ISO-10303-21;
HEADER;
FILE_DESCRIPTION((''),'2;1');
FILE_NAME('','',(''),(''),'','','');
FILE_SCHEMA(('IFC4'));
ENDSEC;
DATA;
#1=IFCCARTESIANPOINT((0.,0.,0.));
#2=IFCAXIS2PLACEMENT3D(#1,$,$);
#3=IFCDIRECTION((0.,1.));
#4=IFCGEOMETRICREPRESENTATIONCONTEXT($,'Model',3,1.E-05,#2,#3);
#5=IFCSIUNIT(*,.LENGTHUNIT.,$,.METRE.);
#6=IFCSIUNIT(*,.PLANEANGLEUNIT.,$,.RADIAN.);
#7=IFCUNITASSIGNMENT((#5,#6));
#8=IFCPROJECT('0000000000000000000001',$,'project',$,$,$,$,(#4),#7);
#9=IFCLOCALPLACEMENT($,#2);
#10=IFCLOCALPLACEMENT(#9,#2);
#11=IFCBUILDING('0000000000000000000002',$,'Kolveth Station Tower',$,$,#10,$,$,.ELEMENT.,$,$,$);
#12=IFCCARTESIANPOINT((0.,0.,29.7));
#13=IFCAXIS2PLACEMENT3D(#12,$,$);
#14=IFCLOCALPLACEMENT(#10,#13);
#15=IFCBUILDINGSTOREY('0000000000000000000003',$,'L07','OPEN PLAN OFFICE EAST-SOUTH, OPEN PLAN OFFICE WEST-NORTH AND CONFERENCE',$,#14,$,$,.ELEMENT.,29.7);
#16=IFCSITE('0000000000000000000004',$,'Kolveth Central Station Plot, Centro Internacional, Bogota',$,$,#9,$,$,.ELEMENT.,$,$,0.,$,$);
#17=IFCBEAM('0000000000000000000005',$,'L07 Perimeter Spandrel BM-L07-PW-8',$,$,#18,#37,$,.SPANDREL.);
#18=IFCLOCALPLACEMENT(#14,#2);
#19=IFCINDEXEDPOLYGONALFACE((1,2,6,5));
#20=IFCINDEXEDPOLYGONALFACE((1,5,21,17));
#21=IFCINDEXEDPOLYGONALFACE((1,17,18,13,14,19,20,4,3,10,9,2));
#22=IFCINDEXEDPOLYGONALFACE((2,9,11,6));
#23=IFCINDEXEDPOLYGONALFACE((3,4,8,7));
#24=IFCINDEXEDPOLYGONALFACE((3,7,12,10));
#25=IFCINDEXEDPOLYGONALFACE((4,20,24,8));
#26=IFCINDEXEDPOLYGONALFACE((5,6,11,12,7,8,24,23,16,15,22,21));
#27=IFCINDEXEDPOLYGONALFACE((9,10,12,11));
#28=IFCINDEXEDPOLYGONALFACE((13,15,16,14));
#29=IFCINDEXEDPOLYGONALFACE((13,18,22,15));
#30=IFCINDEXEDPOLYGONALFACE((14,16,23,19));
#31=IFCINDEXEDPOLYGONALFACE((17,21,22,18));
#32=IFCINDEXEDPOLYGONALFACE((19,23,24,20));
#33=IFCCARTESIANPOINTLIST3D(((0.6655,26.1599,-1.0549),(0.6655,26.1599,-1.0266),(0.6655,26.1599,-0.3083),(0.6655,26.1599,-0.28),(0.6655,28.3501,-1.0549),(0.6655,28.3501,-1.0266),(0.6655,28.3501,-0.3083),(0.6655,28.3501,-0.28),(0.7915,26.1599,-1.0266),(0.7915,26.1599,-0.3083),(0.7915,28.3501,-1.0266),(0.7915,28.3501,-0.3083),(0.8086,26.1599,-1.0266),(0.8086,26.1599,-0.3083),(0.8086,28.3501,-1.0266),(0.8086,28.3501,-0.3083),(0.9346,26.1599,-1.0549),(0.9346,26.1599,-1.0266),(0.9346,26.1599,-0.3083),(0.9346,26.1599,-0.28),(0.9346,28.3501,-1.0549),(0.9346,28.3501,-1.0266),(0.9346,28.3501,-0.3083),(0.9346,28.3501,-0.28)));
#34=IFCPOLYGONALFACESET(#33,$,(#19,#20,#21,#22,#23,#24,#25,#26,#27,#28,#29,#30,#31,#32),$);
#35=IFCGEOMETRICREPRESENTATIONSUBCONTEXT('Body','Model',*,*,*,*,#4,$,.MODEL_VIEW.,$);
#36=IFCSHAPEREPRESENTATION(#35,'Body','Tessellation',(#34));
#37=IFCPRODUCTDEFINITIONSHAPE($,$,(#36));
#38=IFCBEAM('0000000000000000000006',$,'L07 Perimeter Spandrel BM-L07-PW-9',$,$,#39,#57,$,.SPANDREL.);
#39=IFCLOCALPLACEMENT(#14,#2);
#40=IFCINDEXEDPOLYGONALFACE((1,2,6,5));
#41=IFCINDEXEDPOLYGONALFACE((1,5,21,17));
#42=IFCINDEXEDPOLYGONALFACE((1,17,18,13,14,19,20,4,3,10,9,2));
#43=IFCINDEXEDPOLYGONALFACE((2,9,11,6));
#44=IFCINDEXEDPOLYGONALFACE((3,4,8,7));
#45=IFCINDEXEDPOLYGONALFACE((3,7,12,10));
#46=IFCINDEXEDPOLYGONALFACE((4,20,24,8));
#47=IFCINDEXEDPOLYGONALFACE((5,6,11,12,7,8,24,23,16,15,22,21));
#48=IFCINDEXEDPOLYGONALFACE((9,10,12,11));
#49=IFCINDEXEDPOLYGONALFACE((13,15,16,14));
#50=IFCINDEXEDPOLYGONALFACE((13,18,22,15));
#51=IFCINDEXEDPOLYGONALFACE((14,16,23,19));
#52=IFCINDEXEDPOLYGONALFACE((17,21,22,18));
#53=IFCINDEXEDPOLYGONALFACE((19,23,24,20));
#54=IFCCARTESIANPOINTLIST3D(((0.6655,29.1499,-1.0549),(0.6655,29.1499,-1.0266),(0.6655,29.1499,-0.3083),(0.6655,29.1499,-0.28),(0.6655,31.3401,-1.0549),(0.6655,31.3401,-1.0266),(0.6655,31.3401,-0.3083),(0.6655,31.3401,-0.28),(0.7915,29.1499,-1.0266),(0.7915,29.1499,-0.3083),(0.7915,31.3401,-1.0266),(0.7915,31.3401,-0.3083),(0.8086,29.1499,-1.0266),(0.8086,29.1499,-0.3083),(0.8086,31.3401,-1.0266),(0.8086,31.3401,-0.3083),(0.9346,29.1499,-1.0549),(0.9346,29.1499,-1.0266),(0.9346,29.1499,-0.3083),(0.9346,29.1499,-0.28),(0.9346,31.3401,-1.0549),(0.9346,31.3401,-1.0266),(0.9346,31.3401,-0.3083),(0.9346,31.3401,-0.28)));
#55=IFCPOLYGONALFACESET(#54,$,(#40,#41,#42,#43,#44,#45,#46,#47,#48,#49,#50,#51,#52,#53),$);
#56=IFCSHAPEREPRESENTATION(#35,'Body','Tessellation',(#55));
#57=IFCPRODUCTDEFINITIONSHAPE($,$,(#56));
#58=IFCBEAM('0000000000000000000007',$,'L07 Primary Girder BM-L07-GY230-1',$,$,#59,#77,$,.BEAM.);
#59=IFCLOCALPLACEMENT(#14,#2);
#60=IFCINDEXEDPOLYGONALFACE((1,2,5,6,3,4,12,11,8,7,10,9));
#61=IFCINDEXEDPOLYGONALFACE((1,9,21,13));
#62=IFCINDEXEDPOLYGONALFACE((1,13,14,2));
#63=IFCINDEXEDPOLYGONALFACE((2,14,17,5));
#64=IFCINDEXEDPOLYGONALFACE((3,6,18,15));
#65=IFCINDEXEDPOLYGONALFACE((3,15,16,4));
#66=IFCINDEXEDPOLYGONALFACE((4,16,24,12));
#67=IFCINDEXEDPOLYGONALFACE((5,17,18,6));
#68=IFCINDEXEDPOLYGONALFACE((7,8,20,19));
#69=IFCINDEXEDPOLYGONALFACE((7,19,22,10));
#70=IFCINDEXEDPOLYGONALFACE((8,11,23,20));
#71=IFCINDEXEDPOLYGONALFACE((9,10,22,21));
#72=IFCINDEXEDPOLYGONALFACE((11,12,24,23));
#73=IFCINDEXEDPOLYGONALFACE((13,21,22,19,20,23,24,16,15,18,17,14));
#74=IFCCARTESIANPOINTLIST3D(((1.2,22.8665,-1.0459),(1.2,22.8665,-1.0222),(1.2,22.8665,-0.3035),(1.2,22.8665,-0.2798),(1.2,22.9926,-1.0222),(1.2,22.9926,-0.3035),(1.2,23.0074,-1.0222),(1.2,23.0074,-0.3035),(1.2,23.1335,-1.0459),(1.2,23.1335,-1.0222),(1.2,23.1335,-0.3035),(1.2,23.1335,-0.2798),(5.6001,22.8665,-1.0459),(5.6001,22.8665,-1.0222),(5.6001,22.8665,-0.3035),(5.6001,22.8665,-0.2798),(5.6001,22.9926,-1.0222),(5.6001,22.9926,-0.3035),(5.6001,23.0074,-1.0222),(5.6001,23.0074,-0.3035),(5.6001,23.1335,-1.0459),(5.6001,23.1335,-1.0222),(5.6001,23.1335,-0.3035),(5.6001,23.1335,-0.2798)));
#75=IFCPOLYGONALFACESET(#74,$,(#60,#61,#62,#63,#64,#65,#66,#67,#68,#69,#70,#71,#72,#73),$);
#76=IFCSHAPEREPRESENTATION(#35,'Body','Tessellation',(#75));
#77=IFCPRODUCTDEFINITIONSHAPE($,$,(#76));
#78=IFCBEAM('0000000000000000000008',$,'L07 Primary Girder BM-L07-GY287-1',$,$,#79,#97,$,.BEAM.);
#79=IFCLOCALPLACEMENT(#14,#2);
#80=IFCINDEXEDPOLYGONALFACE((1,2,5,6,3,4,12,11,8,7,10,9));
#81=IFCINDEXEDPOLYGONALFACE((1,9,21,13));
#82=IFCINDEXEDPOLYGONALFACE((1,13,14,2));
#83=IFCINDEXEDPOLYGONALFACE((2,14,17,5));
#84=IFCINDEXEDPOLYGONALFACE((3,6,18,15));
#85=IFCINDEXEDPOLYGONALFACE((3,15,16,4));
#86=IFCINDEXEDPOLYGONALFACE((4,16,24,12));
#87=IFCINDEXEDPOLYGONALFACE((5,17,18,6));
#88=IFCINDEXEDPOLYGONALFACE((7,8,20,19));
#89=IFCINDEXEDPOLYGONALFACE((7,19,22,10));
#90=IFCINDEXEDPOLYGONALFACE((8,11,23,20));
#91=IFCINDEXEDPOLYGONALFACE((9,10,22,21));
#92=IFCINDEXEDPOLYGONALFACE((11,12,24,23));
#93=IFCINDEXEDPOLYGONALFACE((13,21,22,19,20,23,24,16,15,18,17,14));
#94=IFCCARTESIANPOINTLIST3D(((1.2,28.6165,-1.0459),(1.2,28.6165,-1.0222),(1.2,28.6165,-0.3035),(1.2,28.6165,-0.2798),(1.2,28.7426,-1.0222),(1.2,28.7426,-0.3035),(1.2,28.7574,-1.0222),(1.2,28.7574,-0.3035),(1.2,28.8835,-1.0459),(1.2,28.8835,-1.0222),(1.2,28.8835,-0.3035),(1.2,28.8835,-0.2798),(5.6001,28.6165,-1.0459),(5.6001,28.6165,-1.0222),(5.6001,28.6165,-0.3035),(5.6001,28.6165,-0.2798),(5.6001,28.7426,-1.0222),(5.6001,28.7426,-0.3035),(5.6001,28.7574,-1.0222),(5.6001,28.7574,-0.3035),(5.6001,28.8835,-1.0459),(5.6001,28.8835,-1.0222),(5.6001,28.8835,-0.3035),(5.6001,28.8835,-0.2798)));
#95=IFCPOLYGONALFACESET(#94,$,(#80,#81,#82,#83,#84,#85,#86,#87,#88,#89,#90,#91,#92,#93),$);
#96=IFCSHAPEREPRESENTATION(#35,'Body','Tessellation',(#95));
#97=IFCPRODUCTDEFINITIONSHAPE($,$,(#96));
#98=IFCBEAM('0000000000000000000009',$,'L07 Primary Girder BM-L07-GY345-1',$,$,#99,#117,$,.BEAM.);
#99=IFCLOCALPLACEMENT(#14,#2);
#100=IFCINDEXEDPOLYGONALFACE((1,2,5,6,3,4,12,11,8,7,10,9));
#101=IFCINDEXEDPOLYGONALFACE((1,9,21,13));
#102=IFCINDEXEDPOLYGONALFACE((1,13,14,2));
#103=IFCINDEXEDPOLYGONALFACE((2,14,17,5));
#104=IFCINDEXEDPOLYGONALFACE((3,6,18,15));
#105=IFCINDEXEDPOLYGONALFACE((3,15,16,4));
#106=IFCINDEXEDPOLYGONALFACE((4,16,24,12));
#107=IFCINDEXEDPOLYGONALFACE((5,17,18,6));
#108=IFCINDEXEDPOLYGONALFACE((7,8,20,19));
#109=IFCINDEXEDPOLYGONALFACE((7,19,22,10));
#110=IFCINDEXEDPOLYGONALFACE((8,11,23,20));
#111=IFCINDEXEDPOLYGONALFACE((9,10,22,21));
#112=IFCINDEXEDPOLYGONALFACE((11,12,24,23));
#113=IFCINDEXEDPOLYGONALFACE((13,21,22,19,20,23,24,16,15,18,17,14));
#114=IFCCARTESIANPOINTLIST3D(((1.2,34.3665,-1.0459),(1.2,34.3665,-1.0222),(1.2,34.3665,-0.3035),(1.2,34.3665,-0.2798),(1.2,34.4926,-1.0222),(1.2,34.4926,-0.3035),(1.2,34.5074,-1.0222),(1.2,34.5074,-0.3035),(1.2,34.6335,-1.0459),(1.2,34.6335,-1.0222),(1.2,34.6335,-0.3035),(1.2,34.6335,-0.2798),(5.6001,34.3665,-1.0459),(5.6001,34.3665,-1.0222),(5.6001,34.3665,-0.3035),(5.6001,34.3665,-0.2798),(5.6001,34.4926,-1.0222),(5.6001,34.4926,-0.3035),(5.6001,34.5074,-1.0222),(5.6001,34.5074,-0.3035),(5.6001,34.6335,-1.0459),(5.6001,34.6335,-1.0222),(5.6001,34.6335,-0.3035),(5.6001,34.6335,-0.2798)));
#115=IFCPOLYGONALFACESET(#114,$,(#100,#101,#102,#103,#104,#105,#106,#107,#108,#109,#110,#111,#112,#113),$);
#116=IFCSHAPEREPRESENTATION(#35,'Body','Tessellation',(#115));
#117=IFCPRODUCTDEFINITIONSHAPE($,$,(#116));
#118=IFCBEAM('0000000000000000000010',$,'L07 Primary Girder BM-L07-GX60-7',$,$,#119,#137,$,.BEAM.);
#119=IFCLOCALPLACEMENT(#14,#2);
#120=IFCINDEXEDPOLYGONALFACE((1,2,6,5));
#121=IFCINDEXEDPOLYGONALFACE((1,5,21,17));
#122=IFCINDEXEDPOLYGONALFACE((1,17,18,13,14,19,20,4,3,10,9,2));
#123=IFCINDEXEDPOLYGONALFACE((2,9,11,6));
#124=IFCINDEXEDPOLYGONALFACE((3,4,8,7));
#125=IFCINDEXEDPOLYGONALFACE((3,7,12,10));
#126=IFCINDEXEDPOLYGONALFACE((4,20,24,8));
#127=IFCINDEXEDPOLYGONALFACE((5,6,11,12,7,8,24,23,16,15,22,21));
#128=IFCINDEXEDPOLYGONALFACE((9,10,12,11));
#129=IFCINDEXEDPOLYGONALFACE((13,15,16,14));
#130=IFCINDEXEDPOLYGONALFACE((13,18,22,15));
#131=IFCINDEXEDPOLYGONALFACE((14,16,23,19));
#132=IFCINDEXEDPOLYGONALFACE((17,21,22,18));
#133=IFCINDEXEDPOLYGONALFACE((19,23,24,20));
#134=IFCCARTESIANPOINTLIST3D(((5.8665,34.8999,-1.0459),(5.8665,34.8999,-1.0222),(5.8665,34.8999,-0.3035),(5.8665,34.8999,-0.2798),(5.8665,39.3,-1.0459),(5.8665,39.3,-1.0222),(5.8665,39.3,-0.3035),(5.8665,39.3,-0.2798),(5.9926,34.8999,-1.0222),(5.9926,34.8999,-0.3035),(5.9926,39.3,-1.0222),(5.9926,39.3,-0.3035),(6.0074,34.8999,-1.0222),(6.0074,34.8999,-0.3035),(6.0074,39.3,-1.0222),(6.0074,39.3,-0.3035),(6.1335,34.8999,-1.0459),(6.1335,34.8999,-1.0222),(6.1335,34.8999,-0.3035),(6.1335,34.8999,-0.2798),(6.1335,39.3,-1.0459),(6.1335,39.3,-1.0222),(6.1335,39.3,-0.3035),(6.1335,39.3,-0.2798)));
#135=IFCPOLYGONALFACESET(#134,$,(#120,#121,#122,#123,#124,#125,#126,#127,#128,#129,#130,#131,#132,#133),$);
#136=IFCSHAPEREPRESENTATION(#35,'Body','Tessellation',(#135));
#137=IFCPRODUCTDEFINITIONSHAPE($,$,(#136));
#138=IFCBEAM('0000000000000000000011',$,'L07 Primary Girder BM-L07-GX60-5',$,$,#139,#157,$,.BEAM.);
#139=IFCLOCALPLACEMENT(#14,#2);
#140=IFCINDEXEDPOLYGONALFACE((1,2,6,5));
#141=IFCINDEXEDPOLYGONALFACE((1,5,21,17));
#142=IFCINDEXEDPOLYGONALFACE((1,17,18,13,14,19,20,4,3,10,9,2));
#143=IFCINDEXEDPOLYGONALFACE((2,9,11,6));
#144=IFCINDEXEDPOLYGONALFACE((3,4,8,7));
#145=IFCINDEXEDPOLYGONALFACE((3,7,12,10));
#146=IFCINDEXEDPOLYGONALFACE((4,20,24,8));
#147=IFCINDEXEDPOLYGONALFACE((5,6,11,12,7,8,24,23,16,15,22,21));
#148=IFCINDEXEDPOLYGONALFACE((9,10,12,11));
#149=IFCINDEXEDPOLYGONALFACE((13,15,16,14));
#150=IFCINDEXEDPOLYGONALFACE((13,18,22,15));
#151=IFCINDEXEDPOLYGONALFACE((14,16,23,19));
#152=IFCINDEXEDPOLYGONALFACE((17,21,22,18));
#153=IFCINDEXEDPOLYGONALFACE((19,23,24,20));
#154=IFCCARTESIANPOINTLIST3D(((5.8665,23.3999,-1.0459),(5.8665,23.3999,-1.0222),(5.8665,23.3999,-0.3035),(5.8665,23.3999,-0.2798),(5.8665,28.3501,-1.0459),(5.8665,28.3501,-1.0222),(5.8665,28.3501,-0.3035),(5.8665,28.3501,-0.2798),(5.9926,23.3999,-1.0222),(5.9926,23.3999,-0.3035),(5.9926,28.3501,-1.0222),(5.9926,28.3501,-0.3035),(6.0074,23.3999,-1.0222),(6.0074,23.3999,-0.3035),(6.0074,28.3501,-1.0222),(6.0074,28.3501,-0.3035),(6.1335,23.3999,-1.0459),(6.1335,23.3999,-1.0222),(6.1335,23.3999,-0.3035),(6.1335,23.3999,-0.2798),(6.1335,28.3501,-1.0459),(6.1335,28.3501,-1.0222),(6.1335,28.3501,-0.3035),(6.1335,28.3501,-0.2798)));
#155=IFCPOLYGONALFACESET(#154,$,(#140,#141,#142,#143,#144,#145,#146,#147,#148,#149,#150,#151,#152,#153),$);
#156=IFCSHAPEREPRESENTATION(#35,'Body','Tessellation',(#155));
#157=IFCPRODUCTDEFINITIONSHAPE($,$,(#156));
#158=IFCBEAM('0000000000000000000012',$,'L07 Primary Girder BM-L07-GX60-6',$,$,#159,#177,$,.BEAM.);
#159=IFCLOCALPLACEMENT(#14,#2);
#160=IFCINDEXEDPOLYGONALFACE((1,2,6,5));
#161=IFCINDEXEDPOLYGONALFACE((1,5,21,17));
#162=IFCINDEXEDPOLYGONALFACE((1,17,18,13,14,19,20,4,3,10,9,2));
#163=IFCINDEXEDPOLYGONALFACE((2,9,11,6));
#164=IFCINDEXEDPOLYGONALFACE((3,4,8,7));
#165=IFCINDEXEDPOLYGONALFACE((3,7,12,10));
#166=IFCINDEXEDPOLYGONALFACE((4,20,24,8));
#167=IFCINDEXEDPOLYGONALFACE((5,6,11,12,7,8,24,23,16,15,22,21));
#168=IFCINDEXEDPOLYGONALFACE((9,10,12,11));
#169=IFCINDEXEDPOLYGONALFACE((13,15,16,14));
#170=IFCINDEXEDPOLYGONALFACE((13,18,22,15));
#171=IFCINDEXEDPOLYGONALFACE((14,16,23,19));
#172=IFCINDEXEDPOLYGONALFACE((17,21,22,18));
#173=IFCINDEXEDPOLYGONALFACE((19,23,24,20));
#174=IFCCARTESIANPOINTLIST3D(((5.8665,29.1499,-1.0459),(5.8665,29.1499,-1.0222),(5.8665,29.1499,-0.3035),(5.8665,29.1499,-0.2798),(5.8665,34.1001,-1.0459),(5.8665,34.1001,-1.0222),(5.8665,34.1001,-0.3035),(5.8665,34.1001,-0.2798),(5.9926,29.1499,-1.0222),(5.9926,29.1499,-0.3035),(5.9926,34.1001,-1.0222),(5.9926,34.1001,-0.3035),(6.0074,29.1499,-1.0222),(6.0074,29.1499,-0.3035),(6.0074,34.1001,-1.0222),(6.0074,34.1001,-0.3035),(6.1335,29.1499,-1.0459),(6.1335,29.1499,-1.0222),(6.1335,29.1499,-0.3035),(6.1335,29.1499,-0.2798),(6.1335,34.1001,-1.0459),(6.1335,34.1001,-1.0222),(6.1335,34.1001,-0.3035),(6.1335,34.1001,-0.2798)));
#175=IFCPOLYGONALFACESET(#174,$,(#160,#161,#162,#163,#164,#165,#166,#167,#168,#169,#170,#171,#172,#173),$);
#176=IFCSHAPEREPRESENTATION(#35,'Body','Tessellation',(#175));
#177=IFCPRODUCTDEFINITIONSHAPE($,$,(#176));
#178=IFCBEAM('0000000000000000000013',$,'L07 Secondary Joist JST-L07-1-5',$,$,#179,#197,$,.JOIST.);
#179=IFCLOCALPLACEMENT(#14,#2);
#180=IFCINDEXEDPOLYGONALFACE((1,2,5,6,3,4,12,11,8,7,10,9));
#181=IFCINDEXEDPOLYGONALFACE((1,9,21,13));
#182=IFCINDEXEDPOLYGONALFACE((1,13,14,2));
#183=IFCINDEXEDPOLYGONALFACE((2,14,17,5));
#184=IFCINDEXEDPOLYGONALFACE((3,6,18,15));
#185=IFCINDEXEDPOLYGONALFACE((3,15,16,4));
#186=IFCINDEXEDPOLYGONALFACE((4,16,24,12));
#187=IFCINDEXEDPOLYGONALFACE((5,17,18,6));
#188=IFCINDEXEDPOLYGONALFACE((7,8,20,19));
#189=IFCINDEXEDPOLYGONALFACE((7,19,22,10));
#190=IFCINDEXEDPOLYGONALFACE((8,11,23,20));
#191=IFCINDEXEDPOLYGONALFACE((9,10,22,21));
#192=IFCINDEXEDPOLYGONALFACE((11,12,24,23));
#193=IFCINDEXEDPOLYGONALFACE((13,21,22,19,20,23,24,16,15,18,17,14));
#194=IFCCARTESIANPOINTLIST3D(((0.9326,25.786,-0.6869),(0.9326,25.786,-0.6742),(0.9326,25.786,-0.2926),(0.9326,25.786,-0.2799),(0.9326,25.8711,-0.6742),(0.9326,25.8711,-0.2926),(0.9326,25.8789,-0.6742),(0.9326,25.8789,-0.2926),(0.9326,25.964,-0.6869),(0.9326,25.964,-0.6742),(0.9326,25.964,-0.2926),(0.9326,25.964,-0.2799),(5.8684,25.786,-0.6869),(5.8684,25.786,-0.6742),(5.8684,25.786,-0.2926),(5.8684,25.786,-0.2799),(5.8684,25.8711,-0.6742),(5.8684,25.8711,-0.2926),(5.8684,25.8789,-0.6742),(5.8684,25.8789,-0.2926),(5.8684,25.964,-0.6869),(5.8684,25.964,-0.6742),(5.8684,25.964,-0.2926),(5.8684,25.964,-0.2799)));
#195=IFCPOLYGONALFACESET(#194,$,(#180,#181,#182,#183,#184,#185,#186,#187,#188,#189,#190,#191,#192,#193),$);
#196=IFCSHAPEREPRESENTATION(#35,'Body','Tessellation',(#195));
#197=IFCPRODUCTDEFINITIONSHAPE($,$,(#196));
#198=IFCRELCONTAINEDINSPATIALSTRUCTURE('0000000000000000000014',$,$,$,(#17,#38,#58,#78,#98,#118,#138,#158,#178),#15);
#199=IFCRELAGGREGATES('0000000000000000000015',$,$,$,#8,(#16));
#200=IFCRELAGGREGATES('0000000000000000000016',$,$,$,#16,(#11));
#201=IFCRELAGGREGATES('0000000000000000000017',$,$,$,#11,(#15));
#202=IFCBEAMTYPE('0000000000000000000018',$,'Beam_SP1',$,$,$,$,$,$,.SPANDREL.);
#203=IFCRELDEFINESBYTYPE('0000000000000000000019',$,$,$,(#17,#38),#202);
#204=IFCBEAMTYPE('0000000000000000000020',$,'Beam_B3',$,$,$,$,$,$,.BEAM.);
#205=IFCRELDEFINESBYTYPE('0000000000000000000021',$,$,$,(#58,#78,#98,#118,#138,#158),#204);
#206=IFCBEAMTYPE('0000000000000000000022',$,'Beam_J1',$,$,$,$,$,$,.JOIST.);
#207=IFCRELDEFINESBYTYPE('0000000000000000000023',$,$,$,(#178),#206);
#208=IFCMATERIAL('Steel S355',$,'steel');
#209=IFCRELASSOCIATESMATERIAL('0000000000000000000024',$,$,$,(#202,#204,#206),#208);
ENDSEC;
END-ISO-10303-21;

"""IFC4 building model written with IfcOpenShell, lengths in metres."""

from ifc_helpers import new_model, si_unit, direction, frame, origin, origin_2d, place, context, subcontext, project, spatial, i_section, extrude, source, transform, mapped, material, material_profile, profile_set, type_object, element, save


model = new_model("IFC4")

# Units and contexts
model_context = context("Model", 3, precision=1e-05, world=origin(), true_north=direction((0.0, 1.0)))
body_context = subcontext(model_context, "Body", "Model", "MODEL_VIEW")
ifc_project = project(units=[si_unit("LENGTHUNIT", "METRE"), si_unit("PLANEANGLEUNIT", "RADIAN")], contexts=[model_context])

# Site, building, storey
site_placement = place(None, origin())
site = spatial("IfcSite", under=ifc_project, at=site_placement, Name="Kolveth Central Station Plot, Centro Internacional, Bogota", CompositionType="ELEMENT", RefElevation=0.0)
building_placement = place(site_placement, origin())
building = spatial("IfcBuilding", under=site, at=building_placement, Name="Kolveth Station Tower", CompositionType="ELEMENT")
storey_placement = place(building_placement, frame((0.0, 0.0, 29.7)))
storey = spatial("IfcBuildingStorey", under=building, at=storey_placement, Name="L07", Description="OPEN PLAN OFFICE EAST-SOUTH, OPEN PLAN OFFICE WEST-NORTH AND CONFERENCE", CompositionType="ELEMENT", Elevation=29.7)

# Shared definitions
ifc_material_1 = material(Name="Steel S355", Category="steel")

# Beams
ifc_material_profile_1 = material_profile(ifc_material_1, i_section(OverallWidth=0.269, OverallDepth=0.7749, WebThickness=0.0171, FlangeThickness=0.0283, at=origin_2d()), Name="W760x220")
ifc_profile_set_1 = profile_set([ifc_material_profile_1], Name="Steel S355")
beam_type_1 = type_object("IfcBeamType", Name="Beam_SP1", PredefinedType="SPANDREL", material=ifc_profile_set_1)
shared_shape_1 = source(origin(), body_context, "Body", "SweptSolid", [
    extrude(i_section(OverallWidth=0.269, OverallDepth=0.7749, WebThickness=0.0171, FlangeThickness=0.0283, at=origin_2d()), origin(), (0.0, 0.0, 1.0), 2.1902),
])
for number, where, z_axis, x_axis, name in (
    (1, (0.8, 26.1599, -0.6675), (0.0, 1.0, 0.0), (-1.0, 0.0, 0.0), "L07 Perimeter Spandrel BM-L07-PW-8"),
    (2, (0.8, 29.1499, -0.6675), (0.0, 1.0, 0.0), (-1.0, 0.0, 0.0), "L07 Perimeter Spandrel BM-L07-PW-9"),
):
    element("IfcBeam", number, at=place(storey_placement, frame(where, z_axis=z_axis, x_axis=x_axis)), inside=storey, type_object=beam_type_1, Name=name, PredefinedType="SPANDREL", context=body_context, shape_type="MappedRepresentation", body=[
        mapped(shared_shape_1, transform((0.0, 0.0, 0.0), x_axis=(1.0, 0.0, 0.0), y_axis=(0.0, 1.0, 0.0), z_axis=(0.0, 0.0, 1.0), scale=1.0)),
    ])
ifc_material_profile_2 = material_profile(ifc_material_1, i_section(OverallWidth=0.2671, OverallDepth=0.7661, WebThickness=0.0149, FlangeThickness=0.0237, at=origin_2d()), Name="W760x185")
ifc_profile_set_2 = profile_set([ifc_material_profile_2], Name="Steel S355")
beam_type_2 = type_object("IfcBeamType", Name="Beam_B3", PredefinedType="BEAM", material=ifc_profile_set_2)
shared_shape_2 = source(origin(), body_context, "Body", "SweptSolid", [
    extrude(i_section(OverallWidth=0.2671, OverallDepth=0.7661, WebThickness=0.0149, FlangeThickness=0.0237, at=origin_2d()), origin(), (0.0, 0.0, 1.0), 4.4001),
])
for number, where, z_axis, x_axis, name in (
    (3, (1.2, 23.0, -0.6628), (1.0, 0.0, 0.0), (0.0, 1.0, 0.0), "L07 Primary Girder BM-L07-GY230-1"),
    (4, (1.2, 28.75, -0.6628), (1.0, 0.0, 0.0), (0.0, 1.0, 0.0), "L07 Primary Girder BM-L07-GY287-1"),
    (5, (1.2, 34.5, -0.6628), (1.0, 0.0, 0.0), (0.0, 1.0, 0.0), "L07 Primary Girder BM-L07-GY345-1"),
    (6, (6.0, 34.8999, -0.6628), (0.0, 1.0, 0.0), (-1.0, 0.0, 0.0), "L07 Primary Girder BM-L07-GX60-7"),
):
    element("IfcBeam", number, at=place(storey_placement, frame(where, z_axis=z_axis, x_axis=x_axis)), inside=storey, type_object=beam_type_2, Name=name, PredefinedType="BEAM", context=body_context, shape_type="MappedRepresentation", body=[
        mapped(shared_shape_2, transform((0.0, 0.0, 0.0), x_axis=(1.0, 0.0, 0.0), y_axis=(0.0, 1.0, 0.0), z_axis=(0.0, 0.0, 1.0), scale=1.0)),
    ])
shared_shape_3 = source(origin(), body_context, "Body", "SweptSolid", [
    extrude(i_section(OverallWidth=0.2671, OverallDepth=0.7661, WebThickness=0.0149, FlangeThickness=0.0237, at=origin_2d()), origin(), (0.0, 0.0, 1.0), 4.9502),
])
for number, where, z_axis, x_axis, name in (
    (7, (6.0, 23.3999, -0.6628), (0.0, 1.0, 0.0), (-1.0, 0.0, 0.0), "L07 Primary Girder BM-L07-GX60-5"),
    (8, (6.0, 29.1499, -0.6628), (0.0, 1.0, 0.0), (-1.0, 0.0, 0.0), "L07 Primary Girder BM-L07-GX60-6"),
):
    element("IfcBeam", number, at=place(storey_placement, frame(where, z_axis=z_axis, x_axis=x_axis)), inside=storey, type_object=beam_type_2, Name=name, PredefinedType="BEAM", context=body_context, shape_type="MappedRepresentation", body=[
        mapped(shared_shape_3, transform((0.0, 0.0, 0.0), x_axis=(1.0, 0.0, 0.0), y_axis=(0.0, 1.0, 0.0), z_axis=(0.0, 0.0, 1.0), scale=1.0)),
    ])
ifc_material_profile_3 = material_profile(ifc_material_1, i_section(OverallWidth=0.178, OverallDepth=0.407, WebThickness=0.0078, FlangeThickness=0.0127, at=origin_2d()), Name="W410x60")
ifc_profile_set_3 = profile_set([ifc_material_profile_3], Name="Steel S355")
beam_type_3 = type_object("IfcBeamType", Name="Beam_J1", PredefinedType="JOIST", material=ifc_profile_set_3)
shared_shape_4 = source(origin(), body_context, "Body", "SweptSolid", [
    extrude(i_section(OverallWidth=0.178, OverallDepth=0.407, WebThickness=0.0078, FlangeThickness=0.0127, at=origin_2d()), origin(), (0.0, 0.0, 1.0), 4.9358),
])
for number, where, z_axis, x_axis, name in (
    (9, (0.9326, 25.875, -0.4834), (1.0, 0.0, 0.0), (0.0, 1.0, 0.0), "L07 Secondary Joist JST-L07-1-5"),
):
    element("IfcBeam", number, at=place(storey_placement, frame(where, z_axis=z_axis, x_axis=x_axis)), inside=storey, type_object=beam_type_3, Name=name, PredefinedType="JOIST", context=body_context, shape_type="MappedRepresentation", body=[
        mapped(shared_shape_4, transform((0.0, 0.0, 0.0), x_axis=(1.0, 0.0, 0.0), y_axis=(0.0, 1.0, 0.0), z_axis=(0.0, 0.0, 1.0), scale=1.0)),
    ])

save(model, "model.ifc")
